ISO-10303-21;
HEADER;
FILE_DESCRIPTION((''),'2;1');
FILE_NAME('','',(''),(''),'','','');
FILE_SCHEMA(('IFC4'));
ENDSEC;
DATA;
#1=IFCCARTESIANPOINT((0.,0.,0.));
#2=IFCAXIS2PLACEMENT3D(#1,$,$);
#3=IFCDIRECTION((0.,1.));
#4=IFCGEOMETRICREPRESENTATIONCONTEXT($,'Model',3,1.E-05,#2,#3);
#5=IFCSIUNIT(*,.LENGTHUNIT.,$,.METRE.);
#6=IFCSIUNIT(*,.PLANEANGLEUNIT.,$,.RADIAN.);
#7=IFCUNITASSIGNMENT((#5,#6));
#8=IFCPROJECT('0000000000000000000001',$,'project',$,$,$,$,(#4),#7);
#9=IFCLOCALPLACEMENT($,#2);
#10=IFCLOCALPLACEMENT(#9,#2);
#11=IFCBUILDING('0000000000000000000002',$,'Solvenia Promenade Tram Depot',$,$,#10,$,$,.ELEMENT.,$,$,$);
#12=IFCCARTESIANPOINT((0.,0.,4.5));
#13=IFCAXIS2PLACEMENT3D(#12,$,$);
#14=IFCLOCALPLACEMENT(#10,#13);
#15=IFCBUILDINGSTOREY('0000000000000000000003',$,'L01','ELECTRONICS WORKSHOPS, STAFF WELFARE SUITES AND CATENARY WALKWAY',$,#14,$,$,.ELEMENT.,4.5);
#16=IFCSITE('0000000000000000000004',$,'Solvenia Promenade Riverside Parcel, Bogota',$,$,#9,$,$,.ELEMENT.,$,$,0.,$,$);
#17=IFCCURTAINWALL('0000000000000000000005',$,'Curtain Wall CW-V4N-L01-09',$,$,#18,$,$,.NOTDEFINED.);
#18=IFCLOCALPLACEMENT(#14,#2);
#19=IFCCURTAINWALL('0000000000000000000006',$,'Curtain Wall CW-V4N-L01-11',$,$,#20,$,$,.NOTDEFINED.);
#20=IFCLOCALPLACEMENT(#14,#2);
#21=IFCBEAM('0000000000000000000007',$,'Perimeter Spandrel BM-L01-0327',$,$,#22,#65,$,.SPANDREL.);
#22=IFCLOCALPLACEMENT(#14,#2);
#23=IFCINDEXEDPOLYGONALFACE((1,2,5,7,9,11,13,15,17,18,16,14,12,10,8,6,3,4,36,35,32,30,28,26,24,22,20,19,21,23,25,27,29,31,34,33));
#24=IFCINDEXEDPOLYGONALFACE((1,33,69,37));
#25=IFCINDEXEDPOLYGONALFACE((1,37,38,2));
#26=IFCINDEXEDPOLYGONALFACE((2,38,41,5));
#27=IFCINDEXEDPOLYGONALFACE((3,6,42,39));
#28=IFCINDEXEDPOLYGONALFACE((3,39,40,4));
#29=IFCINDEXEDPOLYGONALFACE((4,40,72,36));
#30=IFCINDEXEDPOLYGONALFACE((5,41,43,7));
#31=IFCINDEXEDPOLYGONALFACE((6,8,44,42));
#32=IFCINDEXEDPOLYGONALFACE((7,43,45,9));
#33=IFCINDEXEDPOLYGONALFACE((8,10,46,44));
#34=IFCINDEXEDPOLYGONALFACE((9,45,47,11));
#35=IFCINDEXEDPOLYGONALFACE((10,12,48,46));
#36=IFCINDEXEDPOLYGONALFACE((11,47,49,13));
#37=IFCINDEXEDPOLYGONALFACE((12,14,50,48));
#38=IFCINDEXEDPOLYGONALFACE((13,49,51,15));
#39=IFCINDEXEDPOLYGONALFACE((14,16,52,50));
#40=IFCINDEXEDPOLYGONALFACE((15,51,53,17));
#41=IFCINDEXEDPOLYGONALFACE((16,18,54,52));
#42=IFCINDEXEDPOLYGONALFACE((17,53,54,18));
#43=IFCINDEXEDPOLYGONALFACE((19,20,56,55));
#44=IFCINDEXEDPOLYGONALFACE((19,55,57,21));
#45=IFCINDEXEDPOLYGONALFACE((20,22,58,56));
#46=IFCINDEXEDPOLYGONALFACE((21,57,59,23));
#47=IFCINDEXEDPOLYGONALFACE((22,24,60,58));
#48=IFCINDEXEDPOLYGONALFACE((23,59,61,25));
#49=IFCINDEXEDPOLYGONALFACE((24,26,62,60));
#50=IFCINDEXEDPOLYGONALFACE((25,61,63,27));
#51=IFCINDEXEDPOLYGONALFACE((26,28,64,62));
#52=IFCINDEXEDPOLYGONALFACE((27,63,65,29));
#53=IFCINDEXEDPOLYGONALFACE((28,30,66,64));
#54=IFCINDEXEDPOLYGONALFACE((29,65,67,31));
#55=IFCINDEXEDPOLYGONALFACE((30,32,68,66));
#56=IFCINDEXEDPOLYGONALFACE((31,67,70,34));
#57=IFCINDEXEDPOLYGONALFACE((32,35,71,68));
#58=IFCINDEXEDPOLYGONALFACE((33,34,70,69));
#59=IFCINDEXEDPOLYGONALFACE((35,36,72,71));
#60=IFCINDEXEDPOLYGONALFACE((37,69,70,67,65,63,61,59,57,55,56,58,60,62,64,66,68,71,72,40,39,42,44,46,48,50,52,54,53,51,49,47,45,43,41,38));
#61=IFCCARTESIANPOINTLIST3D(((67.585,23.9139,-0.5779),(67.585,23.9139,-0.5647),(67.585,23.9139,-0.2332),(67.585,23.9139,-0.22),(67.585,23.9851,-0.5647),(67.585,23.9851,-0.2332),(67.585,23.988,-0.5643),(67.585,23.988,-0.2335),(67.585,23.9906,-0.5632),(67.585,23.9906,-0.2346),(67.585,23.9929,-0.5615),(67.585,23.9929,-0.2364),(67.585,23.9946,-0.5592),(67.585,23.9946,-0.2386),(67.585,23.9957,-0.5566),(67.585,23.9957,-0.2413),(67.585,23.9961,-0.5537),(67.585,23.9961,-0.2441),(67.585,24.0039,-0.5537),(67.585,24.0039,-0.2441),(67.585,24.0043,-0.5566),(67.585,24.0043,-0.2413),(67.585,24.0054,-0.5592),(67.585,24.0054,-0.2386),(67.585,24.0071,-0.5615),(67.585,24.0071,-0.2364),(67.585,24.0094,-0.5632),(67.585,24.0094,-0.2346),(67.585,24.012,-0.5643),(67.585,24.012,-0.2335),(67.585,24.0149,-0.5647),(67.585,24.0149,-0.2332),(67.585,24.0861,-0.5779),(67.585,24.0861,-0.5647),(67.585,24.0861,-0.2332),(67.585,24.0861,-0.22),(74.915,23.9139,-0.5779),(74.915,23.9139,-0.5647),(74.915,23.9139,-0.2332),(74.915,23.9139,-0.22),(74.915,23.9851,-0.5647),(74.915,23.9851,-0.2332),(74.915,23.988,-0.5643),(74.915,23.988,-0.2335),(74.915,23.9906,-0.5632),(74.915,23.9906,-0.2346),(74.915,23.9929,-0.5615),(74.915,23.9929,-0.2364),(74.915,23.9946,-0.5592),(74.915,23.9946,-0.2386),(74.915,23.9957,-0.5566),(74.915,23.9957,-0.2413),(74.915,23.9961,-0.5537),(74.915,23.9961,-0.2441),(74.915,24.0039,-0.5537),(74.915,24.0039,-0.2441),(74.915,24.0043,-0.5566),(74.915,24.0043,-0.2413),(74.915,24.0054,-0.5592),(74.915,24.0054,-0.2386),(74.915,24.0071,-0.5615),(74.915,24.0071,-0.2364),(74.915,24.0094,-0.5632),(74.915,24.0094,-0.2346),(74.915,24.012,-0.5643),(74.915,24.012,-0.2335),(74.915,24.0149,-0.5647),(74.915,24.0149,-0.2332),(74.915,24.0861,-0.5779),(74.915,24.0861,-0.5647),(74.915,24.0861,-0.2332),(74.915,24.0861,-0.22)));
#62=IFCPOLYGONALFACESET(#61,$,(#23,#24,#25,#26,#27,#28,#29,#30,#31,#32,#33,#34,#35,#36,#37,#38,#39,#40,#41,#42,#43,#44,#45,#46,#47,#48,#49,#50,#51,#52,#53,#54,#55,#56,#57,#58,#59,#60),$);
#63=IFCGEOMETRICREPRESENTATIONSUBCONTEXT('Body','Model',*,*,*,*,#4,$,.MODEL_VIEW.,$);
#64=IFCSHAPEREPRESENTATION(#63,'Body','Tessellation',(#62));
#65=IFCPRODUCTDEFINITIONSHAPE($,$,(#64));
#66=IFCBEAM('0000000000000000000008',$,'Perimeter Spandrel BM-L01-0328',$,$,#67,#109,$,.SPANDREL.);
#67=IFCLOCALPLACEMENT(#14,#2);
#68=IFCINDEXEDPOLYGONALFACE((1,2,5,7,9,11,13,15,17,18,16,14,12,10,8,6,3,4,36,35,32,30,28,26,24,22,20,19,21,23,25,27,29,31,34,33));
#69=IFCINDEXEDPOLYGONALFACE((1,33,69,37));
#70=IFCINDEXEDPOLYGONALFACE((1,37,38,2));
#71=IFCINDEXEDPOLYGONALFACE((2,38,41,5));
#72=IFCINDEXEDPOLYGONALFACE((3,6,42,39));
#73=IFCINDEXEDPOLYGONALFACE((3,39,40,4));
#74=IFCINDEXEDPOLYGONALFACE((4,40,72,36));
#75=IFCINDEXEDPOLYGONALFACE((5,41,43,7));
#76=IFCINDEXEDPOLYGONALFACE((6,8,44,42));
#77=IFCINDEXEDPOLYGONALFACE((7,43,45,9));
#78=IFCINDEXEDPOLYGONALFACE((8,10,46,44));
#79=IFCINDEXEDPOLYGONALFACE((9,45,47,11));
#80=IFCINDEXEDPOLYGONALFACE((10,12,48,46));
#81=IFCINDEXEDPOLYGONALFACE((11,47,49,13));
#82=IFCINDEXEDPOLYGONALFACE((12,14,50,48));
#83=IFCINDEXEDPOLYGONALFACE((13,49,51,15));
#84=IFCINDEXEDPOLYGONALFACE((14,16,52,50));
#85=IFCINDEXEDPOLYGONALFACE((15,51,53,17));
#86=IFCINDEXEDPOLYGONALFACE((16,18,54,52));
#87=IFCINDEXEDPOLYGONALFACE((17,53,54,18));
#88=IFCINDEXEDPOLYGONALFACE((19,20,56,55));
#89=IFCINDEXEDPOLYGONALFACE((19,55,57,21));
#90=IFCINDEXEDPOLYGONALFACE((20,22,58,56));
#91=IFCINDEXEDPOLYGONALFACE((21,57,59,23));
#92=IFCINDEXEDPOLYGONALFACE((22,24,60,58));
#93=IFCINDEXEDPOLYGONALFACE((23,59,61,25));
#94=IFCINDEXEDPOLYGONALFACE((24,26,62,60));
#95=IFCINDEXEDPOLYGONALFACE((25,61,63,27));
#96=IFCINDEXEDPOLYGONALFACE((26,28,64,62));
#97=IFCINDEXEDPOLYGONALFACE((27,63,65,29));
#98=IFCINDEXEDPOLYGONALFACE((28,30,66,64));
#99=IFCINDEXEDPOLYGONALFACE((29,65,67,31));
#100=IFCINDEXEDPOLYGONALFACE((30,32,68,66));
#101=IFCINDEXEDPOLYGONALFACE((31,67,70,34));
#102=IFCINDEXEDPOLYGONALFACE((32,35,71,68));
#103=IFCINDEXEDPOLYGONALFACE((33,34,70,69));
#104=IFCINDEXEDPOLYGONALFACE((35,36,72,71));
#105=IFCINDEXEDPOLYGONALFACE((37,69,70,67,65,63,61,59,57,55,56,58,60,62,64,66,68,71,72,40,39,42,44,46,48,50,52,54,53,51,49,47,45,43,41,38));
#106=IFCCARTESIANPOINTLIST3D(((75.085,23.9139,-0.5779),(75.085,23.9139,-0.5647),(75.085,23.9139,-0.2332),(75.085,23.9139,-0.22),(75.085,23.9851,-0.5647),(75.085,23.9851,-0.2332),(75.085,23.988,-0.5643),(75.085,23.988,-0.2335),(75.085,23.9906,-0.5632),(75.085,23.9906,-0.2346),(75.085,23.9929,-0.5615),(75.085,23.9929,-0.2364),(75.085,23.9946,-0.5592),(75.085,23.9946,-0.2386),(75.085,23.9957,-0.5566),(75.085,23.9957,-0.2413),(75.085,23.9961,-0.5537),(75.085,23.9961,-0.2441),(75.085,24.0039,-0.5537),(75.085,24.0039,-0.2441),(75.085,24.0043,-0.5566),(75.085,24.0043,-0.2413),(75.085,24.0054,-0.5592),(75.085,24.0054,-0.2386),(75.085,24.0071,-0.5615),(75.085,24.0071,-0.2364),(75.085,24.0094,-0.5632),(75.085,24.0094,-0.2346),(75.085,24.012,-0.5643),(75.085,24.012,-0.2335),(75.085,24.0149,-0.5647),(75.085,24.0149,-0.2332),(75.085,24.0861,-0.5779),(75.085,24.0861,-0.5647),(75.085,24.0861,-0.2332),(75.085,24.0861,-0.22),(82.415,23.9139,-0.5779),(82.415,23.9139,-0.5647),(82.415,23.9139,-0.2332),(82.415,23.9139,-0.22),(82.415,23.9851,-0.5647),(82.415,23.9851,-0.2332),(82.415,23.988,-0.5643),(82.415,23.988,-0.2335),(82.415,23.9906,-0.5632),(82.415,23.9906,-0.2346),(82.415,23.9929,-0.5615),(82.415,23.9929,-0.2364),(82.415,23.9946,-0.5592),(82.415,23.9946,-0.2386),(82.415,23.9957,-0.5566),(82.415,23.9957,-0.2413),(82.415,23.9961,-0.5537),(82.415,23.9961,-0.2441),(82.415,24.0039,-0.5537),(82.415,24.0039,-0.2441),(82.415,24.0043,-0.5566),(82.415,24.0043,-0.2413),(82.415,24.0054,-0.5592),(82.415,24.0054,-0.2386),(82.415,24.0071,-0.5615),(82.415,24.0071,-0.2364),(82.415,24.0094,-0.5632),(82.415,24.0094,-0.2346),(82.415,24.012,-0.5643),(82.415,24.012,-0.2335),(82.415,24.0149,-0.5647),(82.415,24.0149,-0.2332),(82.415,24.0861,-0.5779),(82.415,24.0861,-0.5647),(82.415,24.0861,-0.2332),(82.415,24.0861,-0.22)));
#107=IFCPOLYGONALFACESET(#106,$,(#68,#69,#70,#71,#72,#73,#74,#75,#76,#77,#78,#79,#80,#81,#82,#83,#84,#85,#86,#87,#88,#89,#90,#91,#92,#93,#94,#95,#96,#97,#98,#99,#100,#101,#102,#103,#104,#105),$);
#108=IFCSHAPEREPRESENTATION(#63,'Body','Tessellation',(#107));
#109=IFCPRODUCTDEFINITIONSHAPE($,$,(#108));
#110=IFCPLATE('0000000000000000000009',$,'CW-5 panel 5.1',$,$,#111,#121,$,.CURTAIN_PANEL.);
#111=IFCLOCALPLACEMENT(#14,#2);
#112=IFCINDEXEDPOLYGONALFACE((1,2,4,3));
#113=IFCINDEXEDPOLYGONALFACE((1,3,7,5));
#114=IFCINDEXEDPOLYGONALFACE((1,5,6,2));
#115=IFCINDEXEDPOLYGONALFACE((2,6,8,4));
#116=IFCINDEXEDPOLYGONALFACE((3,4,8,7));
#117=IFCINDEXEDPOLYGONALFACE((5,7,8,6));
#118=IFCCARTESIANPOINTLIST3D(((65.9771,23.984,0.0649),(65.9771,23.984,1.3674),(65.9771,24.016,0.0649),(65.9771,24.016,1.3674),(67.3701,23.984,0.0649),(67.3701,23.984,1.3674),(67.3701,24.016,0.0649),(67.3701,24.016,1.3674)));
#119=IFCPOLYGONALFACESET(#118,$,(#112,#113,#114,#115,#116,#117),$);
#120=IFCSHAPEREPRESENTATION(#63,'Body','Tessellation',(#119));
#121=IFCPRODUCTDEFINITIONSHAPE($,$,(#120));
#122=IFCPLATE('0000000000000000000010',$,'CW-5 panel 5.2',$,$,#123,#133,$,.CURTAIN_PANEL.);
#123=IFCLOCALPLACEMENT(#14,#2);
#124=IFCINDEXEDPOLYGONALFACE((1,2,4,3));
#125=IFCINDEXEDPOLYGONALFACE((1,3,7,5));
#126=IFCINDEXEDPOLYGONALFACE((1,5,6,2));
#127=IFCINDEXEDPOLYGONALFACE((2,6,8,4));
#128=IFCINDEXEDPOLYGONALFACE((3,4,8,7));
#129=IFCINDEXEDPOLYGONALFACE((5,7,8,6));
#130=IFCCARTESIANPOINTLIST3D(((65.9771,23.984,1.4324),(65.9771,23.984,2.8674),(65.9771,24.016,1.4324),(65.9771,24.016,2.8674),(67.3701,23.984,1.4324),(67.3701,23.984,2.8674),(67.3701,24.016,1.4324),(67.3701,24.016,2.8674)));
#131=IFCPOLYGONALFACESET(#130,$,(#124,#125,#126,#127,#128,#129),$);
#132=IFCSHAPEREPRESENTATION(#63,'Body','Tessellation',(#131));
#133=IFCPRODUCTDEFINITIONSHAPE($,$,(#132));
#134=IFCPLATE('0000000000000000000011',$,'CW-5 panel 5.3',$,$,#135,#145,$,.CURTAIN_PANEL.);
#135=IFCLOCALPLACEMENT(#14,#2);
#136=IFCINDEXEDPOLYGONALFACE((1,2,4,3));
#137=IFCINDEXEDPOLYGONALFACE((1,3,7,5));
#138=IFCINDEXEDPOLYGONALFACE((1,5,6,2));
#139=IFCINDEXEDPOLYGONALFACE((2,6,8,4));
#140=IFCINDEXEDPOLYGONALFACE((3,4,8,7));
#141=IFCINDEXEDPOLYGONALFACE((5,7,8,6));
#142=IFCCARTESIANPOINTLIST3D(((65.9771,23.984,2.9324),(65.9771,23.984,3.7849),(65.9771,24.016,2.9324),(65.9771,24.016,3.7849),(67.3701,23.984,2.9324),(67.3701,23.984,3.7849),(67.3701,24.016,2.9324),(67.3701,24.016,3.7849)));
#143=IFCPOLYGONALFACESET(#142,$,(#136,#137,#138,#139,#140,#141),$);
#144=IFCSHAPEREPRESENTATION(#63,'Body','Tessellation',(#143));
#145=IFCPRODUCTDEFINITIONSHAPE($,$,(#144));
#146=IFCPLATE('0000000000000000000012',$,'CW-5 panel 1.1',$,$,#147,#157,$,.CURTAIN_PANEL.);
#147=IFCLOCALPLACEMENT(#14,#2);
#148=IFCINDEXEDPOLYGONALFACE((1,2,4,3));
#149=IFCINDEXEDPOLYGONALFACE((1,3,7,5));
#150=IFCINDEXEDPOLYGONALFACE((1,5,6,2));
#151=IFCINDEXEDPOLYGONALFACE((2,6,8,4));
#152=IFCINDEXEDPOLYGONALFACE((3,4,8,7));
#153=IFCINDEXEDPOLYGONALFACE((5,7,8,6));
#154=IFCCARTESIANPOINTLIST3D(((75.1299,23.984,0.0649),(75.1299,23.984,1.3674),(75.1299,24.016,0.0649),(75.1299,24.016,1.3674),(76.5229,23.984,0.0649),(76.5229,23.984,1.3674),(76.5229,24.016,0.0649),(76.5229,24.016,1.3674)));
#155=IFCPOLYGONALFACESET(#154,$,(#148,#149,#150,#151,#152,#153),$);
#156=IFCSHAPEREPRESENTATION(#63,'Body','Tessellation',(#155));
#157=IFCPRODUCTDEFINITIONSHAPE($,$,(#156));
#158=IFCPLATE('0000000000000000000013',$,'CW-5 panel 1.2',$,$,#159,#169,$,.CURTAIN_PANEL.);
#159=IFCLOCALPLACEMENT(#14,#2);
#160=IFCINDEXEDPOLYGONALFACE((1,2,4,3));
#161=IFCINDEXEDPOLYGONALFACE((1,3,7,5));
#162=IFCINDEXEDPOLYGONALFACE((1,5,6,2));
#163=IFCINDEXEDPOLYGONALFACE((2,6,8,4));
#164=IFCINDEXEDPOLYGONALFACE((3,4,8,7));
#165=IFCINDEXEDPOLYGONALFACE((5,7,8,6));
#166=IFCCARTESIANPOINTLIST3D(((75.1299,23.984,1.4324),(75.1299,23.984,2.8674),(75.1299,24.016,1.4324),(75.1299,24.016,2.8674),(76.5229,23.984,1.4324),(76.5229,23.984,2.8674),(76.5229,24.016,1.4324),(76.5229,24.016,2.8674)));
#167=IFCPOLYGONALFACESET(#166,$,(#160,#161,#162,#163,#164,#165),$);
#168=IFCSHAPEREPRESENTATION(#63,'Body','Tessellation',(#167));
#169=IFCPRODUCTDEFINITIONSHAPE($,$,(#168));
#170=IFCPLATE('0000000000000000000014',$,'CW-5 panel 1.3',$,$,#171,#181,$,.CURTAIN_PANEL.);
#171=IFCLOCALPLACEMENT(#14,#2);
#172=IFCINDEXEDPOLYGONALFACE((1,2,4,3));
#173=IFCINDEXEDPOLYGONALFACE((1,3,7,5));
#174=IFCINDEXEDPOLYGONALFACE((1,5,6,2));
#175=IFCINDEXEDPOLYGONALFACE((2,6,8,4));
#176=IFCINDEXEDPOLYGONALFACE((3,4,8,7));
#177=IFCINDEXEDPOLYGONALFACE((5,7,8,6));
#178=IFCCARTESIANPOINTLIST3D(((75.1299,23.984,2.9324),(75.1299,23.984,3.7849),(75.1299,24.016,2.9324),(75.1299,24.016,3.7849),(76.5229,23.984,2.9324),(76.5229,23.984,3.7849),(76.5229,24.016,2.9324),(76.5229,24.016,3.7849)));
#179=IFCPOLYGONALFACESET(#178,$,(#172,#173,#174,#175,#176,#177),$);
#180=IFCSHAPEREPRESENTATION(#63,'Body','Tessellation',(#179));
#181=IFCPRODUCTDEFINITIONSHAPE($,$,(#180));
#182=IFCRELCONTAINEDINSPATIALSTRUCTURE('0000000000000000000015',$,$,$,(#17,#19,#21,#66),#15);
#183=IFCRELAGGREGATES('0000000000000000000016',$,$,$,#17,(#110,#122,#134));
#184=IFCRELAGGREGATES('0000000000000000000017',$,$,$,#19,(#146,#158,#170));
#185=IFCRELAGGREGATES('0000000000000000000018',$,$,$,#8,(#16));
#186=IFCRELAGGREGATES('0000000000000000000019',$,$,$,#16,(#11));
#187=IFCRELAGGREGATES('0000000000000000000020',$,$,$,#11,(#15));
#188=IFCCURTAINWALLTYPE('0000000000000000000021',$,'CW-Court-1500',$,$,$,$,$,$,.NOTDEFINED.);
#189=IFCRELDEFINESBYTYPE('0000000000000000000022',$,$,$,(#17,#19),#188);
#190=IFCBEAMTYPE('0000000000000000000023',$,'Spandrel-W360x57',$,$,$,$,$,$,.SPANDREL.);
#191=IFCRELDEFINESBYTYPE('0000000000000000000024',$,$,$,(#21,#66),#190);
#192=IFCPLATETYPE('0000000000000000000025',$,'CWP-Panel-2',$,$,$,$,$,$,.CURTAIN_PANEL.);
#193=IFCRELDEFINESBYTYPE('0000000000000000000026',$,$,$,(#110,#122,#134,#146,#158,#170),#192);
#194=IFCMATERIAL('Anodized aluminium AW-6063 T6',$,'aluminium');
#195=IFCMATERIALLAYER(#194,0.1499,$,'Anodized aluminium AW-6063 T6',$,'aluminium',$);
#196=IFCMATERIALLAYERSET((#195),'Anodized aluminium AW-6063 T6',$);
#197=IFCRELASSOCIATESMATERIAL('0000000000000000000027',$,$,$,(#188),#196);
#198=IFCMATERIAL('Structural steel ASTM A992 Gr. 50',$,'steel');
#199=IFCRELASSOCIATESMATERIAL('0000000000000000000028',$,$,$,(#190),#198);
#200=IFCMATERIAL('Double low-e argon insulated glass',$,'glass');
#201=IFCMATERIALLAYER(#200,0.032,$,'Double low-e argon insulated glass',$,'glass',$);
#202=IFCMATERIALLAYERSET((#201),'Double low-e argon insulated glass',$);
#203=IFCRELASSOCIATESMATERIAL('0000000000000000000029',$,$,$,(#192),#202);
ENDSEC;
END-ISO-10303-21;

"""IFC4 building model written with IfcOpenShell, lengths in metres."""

from ifc_helpers import new_model, si_unit, direction, frame, origin, origin_2d, place, context, subcontext, project, spatial, rectangle, i_section, extrude, material, layer, layer_set, material_profile, profile_set, type_object, element, aggregate, save


model = new_model("IFC4")

# Units and contexts
model_context = context("Model", 3, precision=1e-05, world=origin(), true_north=direction((0.0, 1.0)))
body_context = subcontext(model_context, "Body", "Model", "MODEL_VIEW")
ifc_project = project(units=[si_unit("LENGTHUNIT", "METRE"), si_unit("PLANEANGLEUNIT", "RADIAN")], contexts=[model_context])

# Site, building, storey
site_placement = place(None, origin())
site = spatial("IfcSite", under=ifc_project, at=site_placement, Name="Solvenia Promenade Riverside Parcel, Bogota", CompositionType="ELEMENT", RefElevation=0.0)
building_placement = place(site_placement, origin())
building = spatial("IfcBuilding", under=site, at=building_placement, Name="Solvenia Promenade Tram Depot", CompositionType="ELEMENT")
storey_placement = place(building_placement, frame((0.0, 0.0, 4.5)))
storey = spatial("IfcBuildingStorey", under=building, at=storey_placement, Name="L01", Description="ELECTRONICS WORKSHOPS, STAFF WELFARE SUITES AND CATENARY WALKWAY", CompositionType="ELEMENT", Elevation=4.5)

# Shared definitions
ifc_material_1 = material(Name="Structural steel ASTM A992 Gr. 50", Category="steel")

# Curtain walls
ifc_material_2 = material(Name="Anodized aluminium AW-6063 T6", Category="aluminium")
ifc_layer_1 = layer(ifc_material_2, 0.1499, Name="Anodized aluminium AW-6063 T6", Category="aluminium")
ifc_layer_set_1 = layer_set([ifc_layer_1], Name="Anodized aluminium AW-6063 T6")
curtain_wall_type = type_object("IfcCurtainWallType", Name="CW-Court-1500", PredefinedType="NOTDEFINED", material=ifc_layer_set_1)
curtain_wall_1_placement = place(storey_placement, origin())
curtain_wall_1 = element("IfcCurtainWall", 1, at=curtain_wall_1_placement, inside=storey, type_object=curtain_wall_type, Name="Curtain Wall CW-V4N-L01-09", PredefinedType="NOTDEFINED")
curtain_wall_2_placement = place(storey_placement, origin())
curtain_wall_2 = element("IfcCurtainWall", 2, at=curtain_wall_2_placement, inside=storey, type_object=curtain_wall_type, Name="Curtain Wall CW-V4N-L01-11", PredefinedType="NOTDEFINED")

# Beams
ifc_material_profile_1 = material_profile(ifc_material_1, i_section(OverallWidth=0.1721, OverallDepth=0.3579, WebThickness=0.0078, FlangeThickness=0.0132, FilletRadius=0.011, at=origin_2d()), Name="W360x57", Category="steel")
ifc_profile_set_1 = profile_set([ifc_material_profile_1], Name="Structural steel ASTM A992 Gr. 50")
beam_type = type_object("IfcBeamType", Name="Spandrel-W360x57", PredefinedType="SPANDREL", material=ifc_profile_set_1)
for number, where, z_axis, x_axis, name in (
    (3, (67.585, 24.0, -0.3989), (1.0, 0.0, 0.0), (0.0, 1.0, 0.0), "Perimeter Spandrel BM-L01-0327"),
    (4, (75.085, 24.0, -0.3989), (1.0, 0.0, 0.0), (0.0, 1.0, 0.0), "Perimeter Spandrel BM-L01-0328"),
):
    element("IfcBeam", number, at=place(storey_placement, frame(where, z_axis=z_axis, x_axis=x_axis)), inside=storey, type_object=beam_type, Name=name, PredefinedType="SPANDREL", context=body_context, shape_type="SweptSolid", body=[
        extrude(i_section(OverallWidth=0.1721, OverallDepth=0.3579, WebThickness=0.0078, FlangeThickness=0.0132, FilletRadius=0.011, at=origin_2d()), origin(), (0.0, 0.0, 1.0), 7.3301),
    ])

# Plates
ifc_material_3 = material(Name="Double low-e argon insulated glass", Category="glass")
ifc_layer_2 = layer(ifc_material_3, 0.032, Name="Double low-e argon insulated glass", Category="glass")
ifc_layer_set_2 = layer_set([ifc_layer_2], Name="Double low-e argon insulated glass")
plate_type = type_object("IfcPlateType", Name="CWP-Panel-2", PredefinedType="CURTAIN_PANEL", material=ifc_layer_set_2)
plate_1_placement = place(storey_placement, frame((66.6736, 24.0, 0.0649), z_axis=(0.0, 0.0, 1.0), x_axis=(1.0, 0.0, 0.0)))
plate_1 = element("IfcPlate", 5, at=plate_1_placement, type_object=plate_type, Name="CW-5 panel 5.1", PredefinedType="CURTAIN_PANEL", context=body_context, shape_type="SweptSolid", body=[
    extrude(rectangle(XDim=1.3931, YDim=0.032, at=origin_2d()), origin(), (0.0, 0.0, 1.0), 1.3025),
])
plate_2_placement = place(storey_placement, frame((66.6736, 24.0, 1.4324), z_axis=(0.0, 0.0, 1.0), x_axis=(1.0, 0.0, 0.0)))
plate_2 = element("IfcPlate", 6, at=plate_2_placement, type_object=plate_type, Name="CW-5 panel 5.2", PredefinedType="CURTAIN_PANEL", context=body_context, shape_type="SweptSolid", body=[
    extrude(rectangle(XDim=1.3931, YDim=0.032, at=origin_2d()), origin(), (0.0, 0.0, 1.0), 1.4351),
])
plate_3_placement = place(storey_placement, frame((66.6736, 24.0, 2.9324), z_axis=(0.0, 0.0, 1.0), x_axis=(1.0, 0.0, 0.0)))
plate_3 = element("IfcPlate", 7, at=plate_3_placement, type_object=plate_type, Name="CW-5 panel 5.3", PredefinedType="CURTAIN_PANEL", context=body_context, shape_type="SweptSolid", body=[
    extrude(rectangle(XDim=1.3931, YDim=0.032, at=origin_2d()), origin(), (0.0, 0.0, 1.0), 0.8525),
])
aggregate(curtain_wall_1, [plate_1, plate_2, plate_3])
plate_4_placement = place(storey_placement, frame((75.8264, 24.0, 0.0649), z_axis=(0.0, 0.0, 1.0), x_axis=(1.0, 0.0, 0.0)))
plate_4 = element("IfcPlate", 8, at=plate_4_placement, type_object=plate_type, Name="CW-5 panel 1.1", PredefinedType="CURTAIN_PANEL", context=body_context, shape_type="SweptSolid", body=[
    extrude(rectangle(XDim=1.3931, YDim=0.032, at=origin_2d()), origin(), (0.0, 0.0, 1.0), 1.3025),
])
plate_5_placement = place(storey_placement, frame((75.8264, 24.0, 1.4324), z_axis=(0.0, 0.0, 1.0), x_axis=(1.0, 0.0, 0.0)))
plate_5 = element("IfcPlate", 9, at=plate_5_placement, type_object=plate_type, Name="CW-5 panel 1.2", PredefinedType="CURTAIN_PANEL", context=body_context, shape_type="SweptSolid", body=[
    extrude(rectangle(XDim=1.3931, YDim=0.032, at=origin_2d()), origin(), (0.0, 0.0, 1.0), 1.4351),
])
plate_6_placement = place(storey_placement, frame((75.8264, 24.0, 2.9324), z_axis=(0.0, 0.0, 1.0), x_axis=(1.0, 0.0, 0.0)))
plate_6 = element("IfcPlate", 10, at=plate_6_placement, type_object=plate_type, Name="CW-5 panel 1.3", PredefinedType="CURTAIN_PANEL", context=body_context, shape_type="SweptSolid", body=[
    extrude(rectangle(XDim=1.3931, YDim=0.032, at=origin_2d()), origin(), (0.0, 0.0, 1.0), 0.8525),
])
aggregate(curtain_wall_2, [plate_4, plate_5, plate_6])

save(model, "model.ifc")
